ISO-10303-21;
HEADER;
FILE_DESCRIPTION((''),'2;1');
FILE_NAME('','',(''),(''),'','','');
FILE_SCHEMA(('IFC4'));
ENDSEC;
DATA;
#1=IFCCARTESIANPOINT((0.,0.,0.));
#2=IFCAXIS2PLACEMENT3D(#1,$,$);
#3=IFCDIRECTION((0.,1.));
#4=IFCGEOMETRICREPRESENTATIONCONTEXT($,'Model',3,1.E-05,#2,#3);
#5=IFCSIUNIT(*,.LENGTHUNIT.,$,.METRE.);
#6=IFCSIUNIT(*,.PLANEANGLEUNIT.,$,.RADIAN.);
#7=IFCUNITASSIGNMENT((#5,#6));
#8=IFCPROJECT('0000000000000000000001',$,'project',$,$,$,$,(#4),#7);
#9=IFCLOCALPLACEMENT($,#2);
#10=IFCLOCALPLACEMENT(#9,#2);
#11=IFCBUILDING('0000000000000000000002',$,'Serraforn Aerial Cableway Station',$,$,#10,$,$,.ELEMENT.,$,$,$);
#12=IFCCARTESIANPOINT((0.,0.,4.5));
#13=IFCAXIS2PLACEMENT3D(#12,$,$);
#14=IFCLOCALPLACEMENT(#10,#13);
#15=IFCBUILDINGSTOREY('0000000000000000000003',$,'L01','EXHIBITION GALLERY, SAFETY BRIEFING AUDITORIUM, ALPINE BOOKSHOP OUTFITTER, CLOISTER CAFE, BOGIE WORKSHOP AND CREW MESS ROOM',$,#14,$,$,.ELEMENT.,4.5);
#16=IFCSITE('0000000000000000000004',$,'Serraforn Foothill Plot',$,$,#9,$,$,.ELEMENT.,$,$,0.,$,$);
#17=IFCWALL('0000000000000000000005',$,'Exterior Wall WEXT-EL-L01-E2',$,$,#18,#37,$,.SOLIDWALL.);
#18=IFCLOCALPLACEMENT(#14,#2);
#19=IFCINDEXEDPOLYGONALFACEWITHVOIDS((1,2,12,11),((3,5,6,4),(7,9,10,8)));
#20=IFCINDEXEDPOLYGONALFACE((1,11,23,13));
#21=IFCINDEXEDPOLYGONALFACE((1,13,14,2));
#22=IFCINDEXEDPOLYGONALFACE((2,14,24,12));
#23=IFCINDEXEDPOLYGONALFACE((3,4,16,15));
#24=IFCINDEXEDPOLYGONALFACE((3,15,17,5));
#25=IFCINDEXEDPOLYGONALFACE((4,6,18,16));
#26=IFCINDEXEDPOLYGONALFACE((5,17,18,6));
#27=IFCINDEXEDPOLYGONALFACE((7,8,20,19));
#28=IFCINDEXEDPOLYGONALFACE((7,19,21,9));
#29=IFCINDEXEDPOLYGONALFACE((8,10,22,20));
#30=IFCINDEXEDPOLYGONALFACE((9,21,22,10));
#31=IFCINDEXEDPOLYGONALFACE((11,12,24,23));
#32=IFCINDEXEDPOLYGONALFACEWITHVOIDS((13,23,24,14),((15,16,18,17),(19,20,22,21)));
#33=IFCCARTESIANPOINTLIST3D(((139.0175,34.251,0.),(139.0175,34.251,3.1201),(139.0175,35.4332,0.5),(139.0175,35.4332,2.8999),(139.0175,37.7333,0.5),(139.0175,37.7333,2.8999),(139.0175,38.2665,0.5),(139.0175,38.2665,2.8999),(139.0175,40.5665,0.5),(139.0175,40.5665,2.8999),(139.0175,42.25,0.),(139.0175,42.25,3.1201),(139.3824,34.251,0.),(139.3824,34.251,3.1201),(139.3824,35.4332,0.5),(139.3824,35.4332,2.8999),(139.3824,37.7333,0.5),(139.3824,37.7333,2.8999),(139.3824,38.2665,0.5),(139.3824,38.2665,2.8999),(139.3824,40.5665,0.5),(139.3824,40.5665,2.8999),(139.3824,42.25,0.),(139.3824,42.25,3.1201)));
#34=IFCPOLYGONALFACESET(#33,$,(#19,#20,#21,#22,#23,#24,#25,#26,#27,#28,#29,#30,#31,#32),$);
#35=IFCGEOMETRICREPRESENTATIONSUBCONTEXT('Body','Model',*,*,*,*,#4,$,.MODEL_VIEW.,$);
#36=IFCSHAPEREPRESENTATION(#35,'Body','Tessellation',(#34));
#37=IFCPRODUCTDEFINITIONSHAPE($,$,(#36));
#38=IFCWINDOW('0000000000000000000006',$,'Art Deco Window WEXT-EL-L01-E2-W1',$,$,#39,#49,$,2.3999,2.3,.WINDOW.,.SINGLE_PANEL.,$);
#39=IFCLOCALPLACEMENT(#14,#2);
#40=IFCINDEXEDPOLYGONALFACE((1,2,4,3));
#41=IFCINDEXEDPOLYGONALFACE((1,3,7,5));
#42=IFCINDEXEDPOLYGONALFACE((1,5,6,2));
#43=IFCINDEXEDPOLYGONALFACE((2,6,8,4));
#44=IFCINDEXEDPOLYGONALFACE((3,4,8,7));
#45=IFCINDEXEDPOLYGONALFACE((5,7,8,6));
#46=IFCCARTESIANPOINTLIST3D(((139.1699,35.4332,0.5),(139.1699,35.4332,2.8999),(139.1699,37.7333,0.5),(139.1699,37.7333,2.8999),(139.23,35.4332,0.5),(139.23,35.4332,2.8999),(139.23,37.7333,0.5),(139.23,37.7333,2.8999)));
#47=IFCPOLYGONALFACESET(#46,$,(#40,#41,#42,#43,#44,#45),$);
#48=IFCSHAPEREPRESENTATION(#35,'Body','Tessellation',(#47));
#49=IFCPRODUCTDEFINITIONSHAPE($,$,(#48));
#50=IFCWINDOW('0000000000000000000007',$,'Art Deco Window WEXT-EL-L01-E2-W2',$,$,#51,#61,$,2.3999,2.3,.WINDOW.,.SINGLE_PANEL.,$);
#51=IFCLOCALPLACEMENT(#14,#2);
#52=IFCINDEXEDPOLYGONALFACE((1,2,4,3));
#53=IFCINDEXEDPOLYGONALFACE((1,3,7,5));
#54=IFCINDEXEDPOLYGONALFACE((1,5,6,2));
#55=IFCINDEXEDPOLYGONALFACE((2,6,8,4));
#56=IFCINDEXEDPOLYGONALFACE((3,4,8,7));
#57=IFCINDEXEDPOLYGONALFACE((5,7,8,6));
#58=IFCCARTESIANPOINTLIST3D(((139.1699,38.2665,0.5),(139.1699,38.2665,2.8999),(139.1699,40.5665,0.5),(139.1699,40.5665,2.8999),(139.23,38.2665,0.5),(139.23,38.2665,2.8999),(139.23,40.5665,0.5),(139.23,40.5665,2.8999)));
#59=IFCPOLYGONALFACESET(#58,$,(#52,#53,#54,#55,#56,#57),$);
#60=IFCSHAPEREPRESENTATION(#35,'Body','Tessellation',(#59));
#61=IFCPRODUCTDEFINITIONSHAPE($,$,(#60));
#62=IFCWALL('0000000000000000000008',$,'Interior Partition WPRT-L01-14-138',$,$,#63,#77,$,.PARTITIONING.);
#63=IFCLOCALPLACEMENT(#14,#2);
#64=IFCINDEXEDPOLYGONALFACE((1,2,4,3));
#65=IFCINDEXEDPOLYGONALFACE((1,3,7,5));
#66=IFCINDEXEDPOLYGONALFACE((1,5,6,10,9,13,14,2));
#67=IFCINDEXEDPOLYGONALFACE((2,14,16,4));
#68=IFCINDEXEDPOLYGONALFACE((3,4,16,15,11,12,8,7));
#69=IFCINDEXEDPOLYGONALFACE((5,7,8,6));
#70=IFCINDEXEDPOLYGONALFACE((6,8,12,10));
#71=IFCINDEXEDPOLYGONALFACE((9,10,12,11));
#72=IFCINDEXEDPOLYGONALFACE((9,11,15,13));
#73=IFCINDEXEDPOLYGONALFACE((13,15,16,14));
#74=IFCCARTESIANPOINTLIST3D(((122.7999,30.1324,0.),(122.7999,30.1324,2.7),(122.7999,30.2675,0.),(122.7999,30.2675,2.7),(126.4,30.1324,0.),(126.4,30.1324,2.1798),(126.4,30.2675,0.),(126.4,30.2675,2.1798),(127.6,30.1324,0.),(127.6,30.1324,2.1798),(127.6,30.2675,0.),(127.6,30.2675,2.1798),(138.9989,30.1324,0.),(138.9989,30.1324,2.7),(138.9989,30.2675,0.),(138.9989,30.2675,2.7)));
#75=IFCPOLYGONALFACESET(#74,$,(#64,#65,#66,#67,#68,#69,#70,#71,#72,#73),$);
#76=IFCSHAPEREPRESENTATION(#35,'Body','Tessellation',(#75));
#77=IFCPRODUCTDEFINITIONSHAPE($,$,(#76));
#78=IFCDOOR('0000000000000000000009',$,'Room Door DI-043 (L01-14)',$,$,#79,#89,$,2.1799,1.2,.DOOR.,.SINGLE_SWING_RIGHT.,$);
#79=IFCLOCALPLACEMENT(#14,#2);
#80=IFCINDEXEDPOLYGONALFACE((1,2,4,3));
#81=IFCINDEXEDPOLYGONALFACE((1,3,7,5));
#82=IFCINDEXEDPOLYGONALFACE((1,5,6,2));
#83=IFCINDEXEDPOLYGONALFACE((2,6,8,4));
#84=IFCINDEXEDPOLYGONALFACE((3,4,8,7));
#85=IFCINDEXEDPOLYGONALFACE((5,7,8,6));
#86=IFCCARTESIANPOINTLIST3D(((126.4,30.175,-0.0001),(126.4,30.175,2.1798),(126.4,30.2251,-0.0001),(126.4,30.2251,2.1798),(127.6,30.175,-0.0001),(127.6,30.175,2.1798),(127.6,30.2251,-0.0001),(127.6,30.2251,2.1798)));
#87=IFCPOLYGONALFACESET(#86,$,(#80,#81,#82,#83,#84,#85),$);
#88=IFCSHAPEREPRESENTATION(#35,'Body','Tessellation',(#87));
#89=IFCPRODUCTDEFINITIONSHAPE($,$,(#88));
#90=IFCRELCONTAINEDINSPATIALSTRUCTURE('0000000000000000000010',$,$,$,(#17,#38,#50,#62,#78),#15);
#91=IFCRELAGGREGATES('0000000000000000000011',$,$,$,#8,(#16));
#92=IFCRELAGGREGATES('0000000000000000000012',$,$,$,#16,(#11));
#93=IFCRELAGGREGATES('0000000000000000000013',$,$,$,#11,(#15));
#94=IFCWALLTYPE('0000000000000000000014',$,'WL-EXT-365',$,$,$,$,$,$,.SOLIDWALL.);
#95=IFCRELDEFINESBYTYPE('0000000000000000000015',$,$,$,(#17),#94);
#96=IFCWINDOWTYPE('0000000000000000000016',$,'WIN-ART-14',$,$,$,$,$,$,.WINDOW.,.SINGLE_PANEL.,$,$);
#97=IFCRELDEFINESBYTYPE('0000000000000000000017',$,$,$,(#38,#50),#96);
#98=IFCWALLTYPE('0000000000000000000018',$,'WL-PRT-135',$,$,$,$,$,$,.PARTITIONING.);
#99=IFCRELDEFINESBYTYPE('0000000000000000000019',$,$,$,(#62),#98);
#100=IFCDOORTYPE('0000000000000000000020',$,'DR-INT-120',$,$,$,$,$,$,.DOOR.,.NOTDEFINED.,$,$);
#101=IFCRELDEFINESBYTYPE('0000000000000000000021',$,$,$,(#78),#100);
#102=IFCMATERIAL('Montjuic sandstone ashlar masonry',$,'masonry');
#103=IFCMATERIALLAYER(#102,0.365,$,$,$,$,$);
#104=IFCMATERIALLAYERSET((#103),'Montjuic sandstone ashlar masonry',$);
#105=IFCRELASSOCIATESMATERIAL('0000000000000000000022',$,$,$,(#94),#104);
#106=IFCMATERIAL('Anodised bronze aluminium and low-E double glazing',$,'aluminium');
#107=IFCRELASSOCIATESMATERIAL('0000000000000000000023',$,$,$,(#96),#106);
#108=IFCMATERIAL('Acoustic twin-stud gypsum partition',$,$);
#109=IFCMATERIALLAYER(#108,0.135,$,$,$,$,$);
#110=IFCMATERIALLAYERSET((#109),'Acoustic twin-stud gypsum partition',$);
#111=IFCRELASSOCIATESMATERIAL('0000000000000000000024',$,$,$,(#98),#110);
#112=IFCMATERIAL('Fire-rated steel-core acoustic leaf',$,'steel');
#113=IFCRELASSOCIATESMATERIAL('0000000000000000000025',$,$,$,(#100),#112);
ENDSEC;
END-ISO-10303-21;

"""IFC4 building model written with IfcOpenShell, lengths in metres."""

from ifc_helpers import new_model, si_unit, direction, frame, frame_2d, origin, place, context, subcontext, project, spatial, rectangle, extrude, material, layer, layer_set, type_object, element, fill, save


model = new_model("IFC4")

# Units and contexts
model_context = context("Model", 3, precision=1e-05, world=origin(), true_north=direction((0.0, 1.0)))
body_context = subcontext(model_context, "Body", "Model", "MODEL_VIEW")
ifc_project = project(units=[si_unit("LENGTHUNIT", "METRE"), si_unit("PLANEANGLEUNIT", "RADIAN")], contexts=[model_context])

# Site, building, storey
site_placement = place(None, origin())
site = spatial("IfcSite", under=ifc_project, at=site_placement, Name="Serraforn Foothill Plot", CompositionType="ELEMENT", RefElevation=0.0)
building_placement = place(site_placement, origin())
building = spatial("IfcBuilding", under=site, at=building_placement, Name="Serraforn Aerial Cableway Station", CompositionType="ELEMENT")
storey_placement = place(building_placement, frame((0.0, 0.0, 4.5)))
storey = spatial("IfcBuildingStorey", under=building, at=storey_placement, Name="L01", Description="EXHIBITION GALLERY, SAFETY BRIEFING AUDITORIUM, ALPINE BOOKSHOP OUTFITTER, CLOISTER CAFE, BOGIE WORKSHOP AND CREW MESS ROOM", CompositionType="ELEMENT", Elevation=4.5)

# Wall, openings, windows
ifc_material_1 = material(Name="Montjuic sandstone ashlar masonry", Category="masonry")
ifc_layer_1 = layer(ifc_material_1, 0.365)
ifc_layer_set_1 = layer_set([ifc_layer_1], Name="Montjuic sandstone ashlar masonry")
wall_type_1 = type_object("IfcWallType", Name="WL-EXT-365", PredefinedType="SOLIDWALL", material=ifc_layer_set_1)
wall_1_placement = place(storey_placement, frame((139.2, 34.251, 0.0), z_axis=(0.0, 0.0, 1.0), x_axis=(0.0, 1.0, 0.0)))
wall_1 = element("IfcWall", 1, at=wall_1_placement, inside=storey, type_object=wall_type_1, Name="Exterior Wall WEXT-EL-L01-E2", PredefinedType="SOLIDWALL", context=body_context, shape_type="SweptSolid", body=[
    extrude(rectangle(XDim=7.999, YDim=0.365, at=frame_2d((3.9995, 0.0))), origin(), (0.0, 0.0, 1.0), 3.1201),
])
opening_1_placement = place(wall_1_placement, frame((1.1824, 0.0, 0.5)))
opening_1 = element("IfcOpeningElement", 2, at=opening_1_placement, cuts=wall_1, PredefinedType="OPENING", context=body_context, shape_type="SweptSolid", body=[
    extrude(rectangle(XDim=2.3, YDim=2.3999, at=frame_2d((1.1499, 1.2))), frame((0.0, 0.1924, 0.0), z_axis=(0.0, -1.0, 0.0), x_axis=(1.0, 0.0, 0.0)), (0.0, 0.0, 1.0), 0.385),
])
opening_2_placement = place(wall_1_placement, frame((4.0156, 0.0, 0.5)))
opening_2 = element("IfcOpeningElement", 3, at=opening_2_placement, cuts=wall_1, PredefinedType="OPENING", context=body_context, shape_type="SweptSolid", body=[
    extrude(rectangle(XDim=2.3, YDim=2.3999, at=frame_2d((1.1499, 1.2))), frame((0.0, 0.1924, 0.0), z_axis=(0.0, -1.0, 0.0), x_axis=(1.0, 0.0, 0.0)), (0.0, 0.0, 1.0), 0.385),
])
ifc_material_2 = material(Name="Anodised bronze aluminium and low-E double glazing", Category="aluminium")
window_type = type_object("IfcWindowType", Name="WIN-ART-14", PartitioningType="SINGLE_PANEL", PredefinedType="WINDOW", material=ifc_material_2)
window_1_placement = place(opening_1_placement, origin())
window_1 = element("IfcWindow", 4, at=window_1_placement, inside=storey, type_object=window_type, Name="Art Deco Window WEXT-EL-L01-E2-W1", OverallHeight=2.3999, OverallWidth=2.3, PartitioningType="SINGLE_PANEL", PredefinedType="WINDOW", context=body_context, shape_type="SweptSolid", body=[
    extrude(rectangle(XDim=2.3, YDim=2.3999, at=frame_2d((1.1499, 1.2))), frame((0.0, 0.03, 0.0), z_axis=(0.0, -1.0, 0.0), x_axis=(1.0, 0.0, 0.0)), (0.0, 0.0, 1.0), 0.0601),
])
fill(opening_1, window_1)
window_2_placement = place(opening_2_placement, origin())
window_2 = element("IfcWindow", 5, at=window_2_placement, inside=storey, type_object=window_type, Name="Art Deco Window WEXT-EL-L01-E2-W2", OverallHeight=2.3999, OverallWidth=2.3, PartitioningType="SINGLE_PANEL", PredefinedType="WINDOW", context=body_context, shape_type="SweptSolid", body=[
    extrude(rectangle(XDim=2.3, YDim=2.3999, at=frame_2d((1.1499, 1.2))), frame((0.0, 0.03, 0.0), z_axis=(0.0, -1.0, 0.0), x_axis=(1.0, 0.0, 0.0)), (0.0, 0.0, 1.0), 0.0601),
])
fill(opening_2, window_2)

# Wall, opening, door
ifc_material_3 = material(Name="Acoustic twin-stud gypsum partition")
ifc_layer_2 = layer(ifc_material_3, 0.135)
ifc_layer_set_2 = layer_set([ifc_layer_2], Name="Acoustic twin-stud gypsum partition")
wall_type_2 = type_object("IfcWallType", Name="WL-PRT-135", PredefinedType="PARTITIONING", material=ifc_layer_set_2)
wall_2_placement = place(storey_placement, frame((138.999, 30.2, 0.0), z_axis=(0.0, 0.0, 1.0), x_axis=(-1.0, 0.0, 0.0)))
wall_2 = element("IfcWall", 6, at=wall_2_placement, inside=storey, type_object=wall_type_2, Name="Interior Partition WPRT-L01-14-138", PredefinedType="PARTITIONING", context=body_context, shape_type="SweptSolid", body=[
    extrude(rectangle(XDim=16.199, YDim=0.135, at=frame_2d((8.0996, 0.0))), origin(), (0.0, 0.0, 1.0), 2.7),
])
opening_3_placement = place(wall_2_placement, frame((11.3989, 0.0, 0.0)))
opening_3 = element("IfcOpeningElement", 7, at=opening_3_placement, cuts=wall_2, PredefinedType="OPENING", context=body_context, shape_type="SweptSolid", body=[
    extrude(rectangle(XDim=1.2, YDim=2.1799, at=frame_2d((0.6001, 1.0898))), frame((0.0, 0.0774, 0.0), z_axis=(0.0, -1.0, 0.0), x_axis=(1.0, 0.0, 0.0)), (0.0, 0.0, 1.0), 0.155),
])
ifc_material_4 = material(Name="Fire-rated steel-core acoustic leaf", Category="steel")
door_type = type_object("IfcDoorType", Name="DR-INT-120", OperationType="NOTDEFINED", PredefinedType="DOOR", material=ifc_material_4)
door_placement = place(opening_3_placement, origin())
door = element("IfcDoor", 8, at=door_placement, inside=storey, type_object=door_type, Name="Room Door DI-043 (L01-14)", OperationType="SINGLE_SWING_RIGHT", OverallHeight=2.1799, OverallWidth=1.2, PredefinedType="DOOR", context=body_context, shape_type="SweptSolid", body=[
    extrude(rectangle(XDim=1.2, YDim=2.1799, at=frame_2d((0.6001, 1.0898))), frame((0.0, 0.0249, 0.0), z_axis=(0.0, -1.0, 0.0), x_axis=(1.0, 0.0, 0.0)), (0.0, 0.0, 1.0), 0.05),
])
fill(opening_3, door)

save(model, "model.ifc")
